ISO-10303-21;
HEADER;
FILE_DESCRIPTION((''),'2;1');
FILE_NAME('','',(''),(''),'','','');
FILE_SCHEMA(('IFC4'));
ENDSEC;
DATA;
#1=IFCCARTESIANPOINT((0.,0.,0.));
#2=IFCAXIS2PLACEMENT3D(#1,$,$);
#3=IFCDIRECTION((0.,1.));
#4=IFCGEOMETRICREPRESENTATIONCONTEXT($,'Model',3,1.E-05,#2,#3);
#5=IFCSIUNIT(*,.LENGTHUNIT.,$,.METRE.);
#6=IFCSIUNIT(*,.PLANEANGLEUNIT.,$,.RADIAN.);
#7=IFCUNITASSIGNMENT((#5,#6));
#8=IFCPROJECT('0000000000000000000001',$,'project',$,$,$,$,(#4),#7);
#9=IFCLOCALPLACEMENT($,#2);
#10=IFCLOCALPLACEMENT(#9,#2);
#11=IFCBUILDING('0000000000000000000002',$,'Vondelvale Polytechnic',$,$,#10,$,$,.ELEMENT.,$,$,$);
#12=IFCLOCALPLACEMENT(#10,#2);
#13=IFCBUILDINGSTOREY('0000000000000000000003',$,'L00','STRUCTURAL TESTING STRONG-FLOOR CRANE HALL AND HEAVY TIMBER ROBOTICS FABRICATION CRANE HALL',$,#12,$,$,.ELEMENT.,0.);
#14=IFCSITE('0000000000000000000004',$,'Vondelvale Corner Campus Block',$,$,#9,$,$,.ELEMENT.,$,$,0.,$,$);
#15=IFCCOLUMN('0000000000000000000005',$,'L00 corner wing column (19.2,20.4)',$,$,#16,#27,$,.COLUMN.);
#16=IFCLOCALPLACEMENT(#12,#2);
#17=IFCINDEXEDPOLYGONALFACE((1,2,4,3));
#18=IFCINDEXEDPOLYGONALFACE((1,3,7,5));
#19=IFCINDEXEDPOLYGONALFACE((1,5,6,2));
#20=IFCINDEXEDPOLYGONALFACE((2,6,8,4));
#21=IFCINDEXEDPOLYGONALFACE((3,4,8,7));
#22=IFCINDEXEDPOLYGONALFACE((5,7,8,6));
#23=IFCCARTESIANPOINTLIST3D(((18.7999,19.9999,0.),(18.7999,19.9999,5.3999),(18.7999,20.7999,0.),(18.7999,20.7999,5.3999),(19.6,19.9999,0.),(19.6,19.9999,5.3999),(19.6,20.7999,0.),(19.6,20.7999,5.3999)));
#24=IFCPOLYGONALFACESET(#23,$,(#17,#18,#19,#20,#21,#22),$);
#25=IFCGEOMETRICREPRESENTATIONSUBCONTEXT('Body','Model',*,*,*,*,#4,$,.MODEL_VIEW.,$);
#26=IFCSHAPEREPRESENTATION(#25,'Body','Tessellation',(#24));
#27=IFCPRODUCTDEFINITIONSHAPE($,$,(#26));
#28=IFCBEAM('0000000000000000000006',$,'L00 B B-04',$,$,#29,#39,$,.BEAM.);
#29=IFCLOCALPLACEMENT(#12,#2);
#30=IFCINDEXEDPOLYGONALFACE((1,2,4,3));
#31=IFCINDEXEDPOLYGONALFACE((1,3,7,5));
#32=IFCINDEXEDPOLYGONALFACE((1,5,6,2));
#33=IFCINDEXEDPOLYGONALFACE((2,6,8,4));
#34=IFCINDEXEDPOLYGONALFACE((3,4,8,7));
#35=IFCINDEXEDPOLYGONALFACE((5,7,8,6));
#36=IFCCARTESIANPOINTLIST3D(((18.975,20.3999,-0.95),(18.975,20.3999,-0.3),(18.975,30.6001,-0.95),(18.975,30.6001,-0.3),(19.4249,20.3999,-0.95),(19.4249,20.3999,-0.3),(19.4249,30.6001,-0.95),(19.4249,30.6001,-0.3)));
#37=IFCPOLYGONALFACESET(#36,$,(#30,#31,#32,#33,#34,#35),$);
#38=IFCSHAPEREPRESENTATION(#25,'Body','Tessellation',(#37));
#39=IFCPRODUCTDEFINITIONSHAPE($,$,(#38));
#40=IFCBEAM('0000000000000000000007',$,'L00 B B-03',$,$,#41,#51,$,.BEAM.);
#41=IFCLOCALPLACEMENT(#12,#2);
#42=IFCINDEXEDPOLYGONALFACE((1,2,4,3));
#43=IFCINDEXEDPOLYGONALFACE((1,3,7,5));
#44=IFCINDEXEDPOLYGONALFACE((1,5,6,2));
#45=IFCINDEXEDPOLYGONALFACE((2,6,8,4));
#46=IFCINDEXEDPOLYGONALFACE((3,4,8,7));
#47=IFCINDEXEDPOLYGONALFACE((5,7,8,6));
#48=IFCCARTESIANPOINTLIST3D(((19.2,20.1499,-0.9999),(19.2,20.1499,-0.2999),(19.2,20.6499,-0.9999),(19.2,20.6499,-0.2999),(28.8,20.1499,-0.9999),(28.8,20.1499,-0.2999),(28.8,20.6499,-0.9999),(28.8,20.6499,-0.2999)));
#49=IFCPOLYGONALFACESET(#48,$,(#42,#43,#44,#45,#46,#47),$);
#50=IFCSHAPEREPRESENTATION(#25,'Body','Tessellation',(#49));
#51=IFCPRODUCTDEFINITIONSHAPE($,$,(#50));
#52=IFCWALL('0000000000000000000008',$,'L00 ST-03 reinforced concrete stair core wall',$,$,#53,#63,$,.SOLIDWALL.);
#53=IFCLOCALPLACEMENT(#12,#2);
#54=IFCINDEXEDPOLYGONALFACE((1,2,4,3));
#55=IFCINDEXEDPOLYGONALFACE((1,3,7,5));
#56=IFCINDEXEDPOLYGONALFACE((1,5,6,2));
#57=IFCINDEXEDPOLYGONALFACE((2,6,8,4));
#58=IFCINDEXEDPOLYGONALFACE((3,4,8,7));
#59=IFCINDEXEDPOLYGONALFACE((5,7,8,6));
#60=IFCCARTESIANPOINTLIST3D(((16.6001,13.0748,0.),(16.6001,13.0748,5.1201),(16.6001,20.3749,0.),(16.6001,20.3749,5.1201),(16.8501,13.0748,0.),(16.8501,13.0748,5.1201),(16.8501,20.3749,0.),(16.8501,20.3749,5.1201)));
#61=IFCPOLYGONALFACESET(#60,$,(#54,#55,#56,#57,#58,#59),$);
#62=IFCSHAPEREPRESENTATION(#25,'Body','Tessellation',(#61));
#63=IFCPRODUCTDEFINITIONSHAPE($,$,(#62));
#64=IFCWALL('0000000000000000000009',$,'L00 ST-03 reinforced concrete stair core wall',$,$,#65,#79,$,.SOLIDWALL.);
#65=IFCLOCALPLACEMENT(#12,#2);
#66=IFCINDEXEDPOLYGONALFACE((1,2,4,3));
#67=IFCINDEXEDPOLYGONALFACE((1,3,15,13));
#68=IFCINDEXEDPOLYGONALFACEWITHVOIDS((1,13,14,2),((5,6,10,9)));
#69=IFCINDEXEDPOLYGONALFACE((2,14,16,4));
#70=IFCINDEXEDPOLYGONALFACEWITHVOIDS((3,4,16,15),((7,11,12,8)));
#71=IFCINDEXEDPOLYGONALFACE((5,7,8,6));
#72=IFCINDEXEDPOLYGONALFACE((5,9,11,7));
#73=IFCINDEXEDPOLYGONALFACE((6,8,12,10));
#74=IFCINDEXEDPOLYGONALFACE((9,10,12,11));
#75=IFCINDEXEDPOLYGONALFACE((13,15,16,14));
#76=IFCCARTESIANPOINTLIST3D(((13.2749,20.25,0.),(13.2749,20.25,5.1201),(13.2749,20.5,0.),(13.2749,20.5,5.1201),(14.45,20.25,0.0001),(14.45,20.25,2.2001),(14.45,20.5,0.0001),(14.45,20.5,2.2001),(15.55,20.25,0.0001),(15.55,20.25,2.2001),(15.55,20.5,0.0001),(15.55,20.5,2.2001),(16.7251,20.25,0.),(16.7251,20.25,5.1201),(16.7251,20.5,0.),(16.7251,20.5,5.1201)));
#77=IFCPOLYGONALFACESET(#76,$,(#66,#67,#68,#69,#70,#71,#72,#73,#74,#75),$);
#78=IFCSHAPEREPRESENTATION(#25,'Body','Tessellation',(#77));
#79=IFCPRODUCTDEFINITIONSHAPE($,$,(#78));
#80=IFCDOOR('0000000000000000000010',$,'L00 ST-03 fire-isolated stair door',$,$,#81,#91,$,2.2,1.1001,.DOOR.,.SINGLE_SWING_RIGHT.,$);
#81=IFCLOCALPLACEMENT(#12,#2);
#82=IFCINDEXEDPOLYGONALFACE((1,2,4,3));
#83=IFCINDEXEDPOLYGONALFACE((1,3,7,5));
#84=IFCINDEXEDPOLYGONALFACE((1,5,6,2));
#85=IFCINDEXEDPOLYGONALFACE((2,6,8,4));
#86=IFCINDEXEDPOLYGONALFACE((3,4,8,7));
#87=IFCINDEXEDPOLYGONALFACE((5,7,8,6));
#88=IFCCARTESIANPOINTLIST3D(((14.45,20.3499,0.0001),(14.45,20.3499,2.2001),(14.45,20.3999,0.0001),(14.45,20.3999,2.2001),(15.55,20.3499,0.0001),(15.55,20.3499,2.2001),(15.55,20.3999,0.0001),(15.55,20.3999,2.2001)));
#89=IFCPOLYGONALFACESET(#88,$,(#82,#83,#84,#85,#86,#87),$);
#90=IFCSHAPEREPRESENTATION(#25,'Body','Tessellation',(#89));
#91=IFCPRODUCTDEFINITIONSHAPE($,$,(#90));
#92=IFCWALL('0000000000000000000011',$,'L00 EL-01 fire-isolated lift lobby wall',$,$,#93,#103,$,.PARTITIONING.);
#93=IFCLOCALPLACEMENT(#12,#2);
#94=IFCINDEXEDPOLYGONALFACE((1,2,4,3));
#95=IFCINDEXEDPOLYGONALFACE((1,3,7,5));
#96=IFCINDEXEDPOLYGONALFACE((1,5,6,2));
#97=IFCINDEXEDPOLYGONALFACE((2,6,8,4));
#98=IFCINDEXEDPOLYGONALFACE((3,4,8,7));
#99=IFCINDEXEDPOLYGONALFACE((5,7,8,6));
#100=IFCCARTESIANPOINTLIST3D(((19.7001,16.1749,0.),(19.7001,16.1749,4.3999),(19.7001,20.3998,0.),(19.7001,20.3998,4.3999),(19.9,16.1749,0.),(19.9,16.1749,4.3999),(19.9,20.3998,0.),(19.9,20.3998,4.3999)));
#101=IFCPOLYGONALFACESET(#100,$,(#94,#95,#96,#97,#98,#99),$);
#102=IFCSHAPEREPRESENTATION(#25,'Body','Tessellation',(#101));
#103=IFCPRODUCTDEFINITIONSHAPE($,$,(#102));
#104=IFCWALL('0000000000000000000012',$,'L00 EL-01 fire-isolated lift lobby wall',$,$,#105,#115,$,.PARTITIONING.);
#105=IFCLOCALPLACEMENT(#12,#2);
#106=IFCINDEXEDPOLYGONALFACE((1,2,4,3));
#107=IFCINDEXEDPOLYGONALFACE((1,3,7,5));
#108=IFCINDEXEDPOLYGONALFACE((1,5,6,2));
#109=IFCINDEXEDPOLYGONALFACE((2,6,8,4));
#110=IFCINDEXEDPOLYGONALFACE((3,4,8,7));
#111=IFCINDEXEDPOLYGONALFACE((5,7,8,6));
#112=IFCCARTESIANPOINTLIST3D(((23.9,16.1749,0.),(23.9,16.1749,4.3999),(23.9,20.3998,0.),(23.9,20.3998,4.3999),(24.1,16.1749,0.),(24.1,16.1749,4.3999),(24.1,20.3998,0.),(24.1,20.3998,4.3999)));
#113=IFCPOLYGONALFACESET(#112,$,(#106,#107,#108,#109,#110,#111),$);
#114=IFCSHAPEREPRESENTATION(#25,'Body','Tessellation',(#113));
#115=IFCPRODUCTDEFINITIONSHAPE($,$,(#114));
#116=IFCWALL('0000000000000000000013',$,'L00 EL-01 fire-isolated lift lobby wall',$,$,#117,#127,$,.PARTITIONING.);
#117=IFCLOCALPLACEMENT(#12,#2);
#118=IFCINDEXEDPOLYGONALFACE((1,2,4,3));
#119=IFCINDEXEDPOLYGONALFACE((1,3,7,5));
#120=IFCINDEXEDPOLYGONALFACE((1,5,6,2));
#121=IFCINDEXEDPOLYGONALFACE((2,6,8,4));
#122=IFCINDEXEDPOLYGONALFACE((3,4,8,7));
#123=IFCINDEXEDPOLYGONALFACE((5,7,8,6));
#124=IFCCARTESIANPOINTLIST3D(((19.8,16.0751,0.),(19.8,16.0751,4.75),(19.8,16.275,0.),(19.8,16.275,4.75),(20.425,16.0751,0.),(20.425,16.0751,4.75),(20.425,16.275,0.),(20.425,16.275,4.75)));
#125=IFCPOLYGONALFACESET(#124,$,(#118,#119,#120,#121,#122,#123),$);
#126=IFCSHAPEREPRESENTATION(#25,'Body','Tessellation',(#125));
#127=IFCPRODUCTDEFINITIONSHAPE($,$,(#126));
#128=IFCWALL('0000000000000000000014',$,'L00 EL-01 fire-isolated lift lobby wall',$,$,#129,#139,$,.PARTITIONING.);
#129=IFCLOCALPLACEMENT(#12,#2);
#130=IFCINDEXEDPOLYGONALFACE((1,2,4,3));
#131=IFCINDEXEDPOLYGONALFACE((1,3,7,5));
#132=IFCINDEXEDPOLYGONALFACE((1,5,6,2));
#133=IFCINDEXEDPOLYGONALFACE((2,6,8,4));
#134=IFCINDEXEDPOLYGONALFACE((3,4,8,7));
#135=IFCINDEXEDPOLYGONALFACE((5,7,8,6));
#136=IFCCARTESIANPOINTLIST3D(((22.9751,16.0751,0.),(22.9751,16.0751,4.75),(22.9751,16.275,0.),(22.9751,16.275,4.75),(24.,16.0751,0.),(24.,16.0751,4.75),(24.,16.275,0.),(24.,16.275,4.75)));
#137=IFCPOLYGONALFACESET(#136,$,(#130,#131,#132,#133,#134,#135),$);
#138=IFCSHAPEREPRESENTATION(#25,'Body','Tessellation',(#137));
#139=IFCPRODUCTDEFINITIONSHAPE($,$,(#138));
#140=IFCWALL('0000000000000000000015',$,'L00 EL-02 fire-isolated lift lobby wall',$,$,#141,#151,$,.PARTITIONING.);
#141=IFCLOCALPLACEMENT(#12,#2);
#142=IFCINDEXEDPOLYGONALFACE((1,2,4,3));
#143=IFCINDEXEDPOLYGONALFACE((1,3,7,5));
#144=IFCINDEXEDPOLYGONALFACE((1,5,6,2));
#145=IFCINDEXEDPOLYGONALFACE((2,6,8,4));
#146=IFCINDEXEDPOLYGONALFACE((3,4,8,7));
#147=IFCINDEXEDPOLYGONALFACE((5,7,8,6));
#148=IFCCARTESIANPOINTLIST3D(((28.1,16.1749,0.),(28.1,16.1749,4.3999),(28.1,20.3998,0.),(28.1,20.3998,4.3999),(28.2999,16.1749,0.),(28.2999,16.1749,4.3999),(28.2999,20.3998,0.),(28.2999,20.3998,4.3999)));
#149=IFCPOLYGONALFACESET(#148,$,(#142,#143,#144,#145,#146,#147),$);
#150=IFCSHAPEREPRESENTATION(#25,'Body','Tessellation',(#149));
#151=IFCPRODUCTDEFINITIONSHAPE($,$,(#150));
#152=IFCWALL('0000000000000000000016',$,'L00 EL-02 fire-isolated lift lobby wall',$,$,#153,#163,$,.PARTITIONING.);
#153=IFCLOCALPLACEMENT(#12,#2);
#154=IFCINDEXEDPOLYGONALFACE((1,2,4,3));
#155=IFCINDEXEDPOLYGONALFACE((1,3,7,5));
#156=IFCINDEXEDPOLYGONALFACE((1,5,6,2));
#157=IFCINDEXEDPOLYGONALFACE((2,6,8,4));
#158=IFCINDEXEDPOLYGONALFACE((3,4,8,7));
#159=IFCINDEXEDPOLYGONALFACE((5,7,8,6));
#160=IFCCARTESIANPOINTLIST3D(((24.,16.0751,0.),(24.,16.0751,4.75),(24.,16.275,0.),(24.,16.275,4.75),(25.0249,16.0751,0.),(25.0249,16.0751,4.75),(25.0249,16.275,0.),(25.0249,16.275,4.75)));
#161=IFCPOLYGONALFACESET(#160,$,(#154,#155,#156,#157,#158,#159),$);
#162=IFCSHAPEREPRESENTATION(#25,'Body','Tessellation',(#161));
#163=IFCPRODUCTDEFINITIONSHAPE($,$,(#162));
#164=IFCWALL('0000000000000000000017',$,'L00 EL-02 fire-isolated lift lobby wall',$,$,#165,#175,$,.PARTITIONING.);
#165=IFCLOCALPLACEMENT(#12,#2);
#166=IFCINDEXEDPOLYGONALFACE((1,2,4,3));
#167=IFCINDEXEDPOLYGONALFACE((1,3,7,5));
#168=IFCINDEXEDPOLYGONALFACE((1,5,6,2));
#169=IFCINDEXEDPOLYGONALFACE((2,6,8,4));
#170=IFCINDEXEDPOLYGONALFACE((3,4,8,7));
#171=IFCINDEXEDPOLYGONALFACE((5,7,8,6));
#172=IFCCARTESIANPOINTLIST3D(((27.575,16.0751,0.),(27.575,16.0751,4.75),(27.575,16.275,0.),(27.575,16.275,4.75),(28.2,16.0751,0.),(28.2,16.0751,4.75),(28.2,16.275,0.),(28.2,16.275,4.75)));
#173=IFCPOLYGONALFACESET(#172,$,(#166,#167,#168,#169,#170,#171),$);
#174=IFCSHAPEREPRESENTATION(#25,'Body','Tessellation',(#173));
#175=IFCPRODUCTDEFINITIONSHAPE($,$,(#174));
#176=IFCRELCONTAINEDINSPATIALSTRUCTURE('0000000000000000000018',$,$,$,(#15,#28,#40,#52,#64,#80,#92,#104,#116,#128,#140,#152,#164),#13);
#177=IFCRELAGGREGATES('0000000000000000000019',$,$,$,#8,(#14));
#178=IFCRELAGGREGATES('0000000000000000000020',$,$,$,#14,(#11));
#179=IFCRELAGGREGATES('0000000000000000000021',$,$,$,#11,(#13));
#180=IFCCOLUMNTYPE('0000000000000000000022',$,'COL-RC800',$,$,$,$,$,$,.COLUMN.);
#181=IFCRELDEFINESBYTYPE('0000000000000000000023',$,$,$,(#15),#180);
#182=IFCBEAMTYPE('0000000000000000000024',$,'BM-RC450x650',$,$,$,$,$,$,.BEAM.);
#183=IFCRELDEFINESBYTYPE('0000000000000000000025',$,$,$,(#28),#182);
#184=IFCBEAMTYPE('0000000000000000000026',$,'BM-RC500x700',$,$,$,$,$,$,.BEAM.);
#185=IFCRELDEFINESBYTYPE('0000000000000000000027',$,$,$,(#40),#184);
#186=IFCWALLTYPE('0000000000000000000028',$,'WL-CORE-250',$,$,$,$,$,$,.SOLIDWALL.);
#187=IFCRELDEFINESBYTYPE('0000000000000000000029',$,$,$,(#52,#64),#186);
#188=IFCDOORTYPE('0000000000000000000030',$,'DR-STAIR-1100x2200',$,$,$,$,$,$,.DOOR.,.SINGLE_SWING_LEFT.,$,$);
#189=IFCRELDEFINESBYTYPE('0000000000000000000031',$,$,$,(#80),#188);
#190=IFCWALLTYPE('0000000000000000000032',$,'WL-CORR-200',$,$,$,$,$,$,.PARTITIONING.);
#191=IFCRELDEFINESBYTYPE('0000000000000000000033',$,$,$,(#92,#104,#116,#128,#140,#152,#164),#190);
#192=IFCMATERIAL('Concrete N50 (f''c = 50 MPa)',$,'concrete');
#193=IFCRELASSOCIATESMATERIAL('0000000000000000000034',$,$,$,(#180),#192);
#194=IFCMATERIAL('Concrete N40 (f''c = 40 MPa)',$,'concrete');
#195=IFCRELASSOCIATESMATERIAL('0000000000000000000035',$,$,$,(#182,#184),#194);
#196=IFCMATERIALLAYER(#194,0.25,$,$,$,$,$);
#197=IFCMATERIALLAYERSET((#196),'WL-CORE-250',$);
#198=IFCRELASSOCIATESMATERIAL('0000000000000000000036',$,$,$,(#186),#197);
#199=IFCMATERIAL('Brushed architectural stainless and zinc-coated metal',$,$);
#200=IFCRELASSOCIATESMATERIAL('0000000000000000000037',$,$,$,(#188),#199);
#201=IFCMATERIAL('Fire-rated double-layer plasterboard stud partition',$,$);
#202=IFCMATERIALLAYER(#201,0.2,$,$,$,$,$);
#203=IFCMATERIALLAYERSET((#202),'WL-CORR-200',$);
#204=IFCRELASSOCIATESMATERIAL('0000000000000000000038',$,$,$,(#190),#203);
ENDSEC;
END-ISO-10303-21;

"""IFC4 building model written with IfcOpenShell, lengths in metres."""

from ifc_helpers import new_model, si_unit, direction, frame, frame_2d, origin, origin_2d, place, context, subcontext, project, spatial, rectangle, extrude, material, layer, layer_set, material_profile, profile_set, type_object, element, fill, save


model = new_model("IFC4")

# Units and contexts
model_context = context("Model", 3, precision=1e-05, world=origin(), true_north=direction((0.0, 1.0)))
body_context = subcontext(model_context, "Body", "Model", "MODEL_VIEW")
ifc_project = project(units=[si_unit("LENGTHUNIT", "METRE"), si_unit("PLANEANGLEUNIT", "RADIAN")], contexts=[model_context])

# Site, building, storey
site_placement = place(None, origin())
site = spatial("IfcSite", under=ifc_project, at=site_placement, Name="Vondelvale Corner Campus Block", CompositionType="ELEMENT", RefElevation=0.0)
building_placement = place(site_placement, origin())
building = spatial("IfcBuilding", under=site, at=building_placement, Name="Vondelvale Polytechnic", CompositionType="ELEMENT")
storey_placement = place(building_placement, origin())
storey = spatial("IfcBuildingStorey", under=building, at=storey_placement, Name="L00", Description="STRUCTURAL TESTING STRONG-FLOOR CRANE HALL AND HEAVY TIMBER ROBOTICS FABRICATION CRANE HALL", CompositionType="ELEMENT", Elevation=0.0)

# Column
ifc_material_1 = material(Name="Concrete N50 (f'c = 50 MPa)", Category="concrete")
ifc_material_profile_1 = material_profile(ifc_material_1, rectangle(XDim=0.8, YDim=0.8, at=origin_2d()), Name="RC-COL-800x800")
ifc_profile_set_1 = profile_set([ifc_material_profile_1], Name="Concrete N50 (f'c = 50 MPa)")
column_type = type_object("IfcColumnType", Name="COL-RC800", PredefinedType="COLUMN", material=ifc_profile_set_1)
column_placement = place(storey_placement, frame((19.2, 20.3999, 0.0), z_axis=(0.0, 0.0, 1.0), x_axis=(1.0, 0.0, 0.0)))
element("IfcColumn", 1, at=column_placement, inside=storey, type_object=column_type, Name="L00 corner wing column (19.2,20.4)", PredefinedType="COLUMN", context=body_context, shape_type="SweptSolid", body=[
    extrude(rectangle(XDim=0.8, YDim=0.8, at=origin_2d()), origin(), (0.0, 0.0, 1.0), 5.3999),
])

# Beams
ifc_material_2 = material(Name="Concrete N40 (f'c = 40 MPa)", Category="concrete")
ifc_material_profile_2 = material_profile(ifc_material_2, rectangle(XDim=0.45, YDim=0.6499, at=origin_2d()), Name="RC-BM-450x650")
ifc_profile_set_2 = profile_set([ifc_material_profile_2], Name="Concrete N40 (f'c = 40 MPa)")
beam_type_1 = type_object("IfcBeamType", Name="BM-RC450x650", PredefinedType="BEAM", material=ifc_profile_set_2)
beam_1_placement = place(storey_placement, frame((19.2, 20.3999, -0.625), z_axis=(0.0, 1.0, 0.0), x_axis=(-1.0, 0.0, 0.0)))
element("IfcBeam", 2, at=beam_1_placement, inside=storey, type_object=beam_type_1, Name="L00 B B-04", PredefinedType="BEAM", context=body_context, shape_type="SweptSolid", body=[
    extrude(rectangle(XDim=0.45, YDim=0.6499, at=origin_2d()), origin(), (0.0, 0.0, 1.0), 10.2002),
])
ifc_material_profile_3 = material_profile(ifc_material_2, rectangle(XDim=0.5, YDim=0.7, at=origin_2d()), Name="RC-BM-500x700")
ifc_profile_set_3 = profile_set([ifc_material_profile_3], Name="Concrete N40 (f'c = 40 MPa)")
beam_type_2 = type_object("IfcBeamType", Name="BM-RC500x700", PredefinedType="BEAM", material=ifc_profile_set_3)
beam_2_placement = place(storey_placement, frame((19.2, 20.3999, -0.6499), z_axis=(1.0, 0.0, 0.0), x_axis=(0.0, 1.0, 0.0)))
element("IfcBeam", 3, at=beam_2_placement, inside=storey, type_object=beam_type_2, Name="L00 B B-03", PredefinedType="BEAM", context=body_context, shape_type="SweptSolid", body=[
    extrude(rectangle(XDim=0.5, YDim=0.7, at=origin_2d()), origin(), (0.0, 0.0, 1.0), 9.6001),
])

# Wall
ifc_layer_1 = layer(ifc_material_2, 0.25)
ifc_layer_set_1 = layer_set([ifc_layer_1], Name="WL-CORE-250")
wall_type_1 = type_object("IfcWallType", Name="WL-CORE-250", PredefinedType="SOLIDWALL", material=ifc_layer_set_1)
wall_1_placement = place(storey_placement, frame((16.7251, 13.075, 0.0), z_axis=(0.0, 0.0, 1.0), x_axis=(0.0, 1.0, 0.0)))
element("IfcWall", 4, at=wall_1_placement, inside=storey, type_object=wall_type_1, Name="L00 ST-03 reinforced concrete stair core wall", PredefinedType="SOLIDWALL", context=body_context, shape_type="SweptSolid", body=[
    extrude(rectangle(XDim=7.3, YDim=0.25, at=frame_2d((3.6499, 0.0))), origin(), (0.0, 0.0, 1.0), 5.1201),
])

# Wall, opening, door
wall_2_placement = place(storey_placement, frame((13.2749, 20.375, 0.0), z_axis=(0.0, 0.0, 1.0), x_axis=(1.0, 0.0, 0.0)))
wall_2 = element("IfcWall", 5, at=wall_2_placement, inside=storey, type_object=wall_type_1, Name="L00 ST-03 reinforced concrete stair core wall", PredefinedType="SOLIDWALL", context=body_context, shape_type="SweptSolid", body=[
    extrude(rectangle(XDim=3.4502, YDim=0.25, at=frame_2d((1.7251, 0.0))), origin(), (0.0, 0.0, 1.0), 5.1201),
])
opening_1_placement = place(wall_2_placement, frame((1.175, 0.0, 0.0)))
opening_1 = element("IfcOpeningElement", 6, at=opening_1_placement, cuts=wall_2, PredefinedType="OPENING", context=body_context, shape_type="SweptSolid", body=[
    extrude(rectangle(XDim=1.1001, YDim=2.2, at=frame_2d((0.55, 1.1001))), frame((0.0, 0.135, 0.0), z_axis=(0.0, -1.0, 0.0), x_axis=(1.0, 0.0, 0.0)), (0.0, 0.0, 1.0), 0.27),
])
ifc_material_3 = material(Name="Brushed architectural stainless and zinc-coated metal")
door_type_1 = type_object("IfcDoorType", Name="DR-STAIR-1100x2200", OperationType="SINGLE_SWING_LEFT", PredefinedType="DOOR", material=ifc_material_3)
door_1_placement = place(opening_1_placement, origin())
door_1 = element("IfcDoor", 7, at=door_1_placement, inside=storey, type_object=door_type_1, Name="L00 ST-03 fire-isolated stair door", OperationType="SINGLE_SWING_RIGHT", OverallHeight=2.2, OverallWidth=1.1001, PredefinedType="DOOR", context=body_context, shape_type="SweptSolid", body=[
    extrude(rectangle(XDim=1.1001, YDim=2.2, at=frame_2d((0.55, 1.1001))), frame((0.0, 0.0249, 0.0), z_axis=(0.0, -1.0, 0.0), x_axis=(1.0, 0.0, 0.0)), (0.0, 0.0, 1.0), 0.05),
])
fill(opening_1, door_1)

# Walls
ifc_material_4 = material(Name="Fire-rated double-layer plasterboard stud partition")
ifc_layer_2 = layer(ifc_material_4, 0.2)
ifc_layer_set_2 = layer_set([ifc_layer_2], Name="WL-CORR-200")
wall_type_2 = type_object("IfcWallType", Name="WL-CORR-200", PredefinedType="PARTITIONING", material=ifc_layer_set_2)
for number, where, z_axis, x_axis, name in (
    (8, (19.8, 16.175, 0.0), (0.0, 0.0, 1.0), (0.0, 1.0, 0.0), "L00 EL-01 fire-isolated lift lobby wall"),
    (9, (24.0, 16.175, 0.0), (0.0, 0.0, 1.0), (0.0, 1.0, 0.0), "L00 EL-01 fire-isolated lift lobby wall"),
):
    element("IfcWall", number, at=place(storey_placement, frame(where, z_axis=z_axis, x_axis=x_axis)), inside=storey, type_object=wall_type_2, Name=name, PredefinedType="PARTITIONING", context=body_context, shape_type="SweptSolid", body=[
        extrude(rectangle(XDim=4.2249, YDim=0.2, at=frame_2d((2.1123, 0.0))), origin(), (0.0, 0.0, 1.0), 4.3999),
    ])
wall_3_placement = place(storey_placement, frame((19.8, 16.175, 0.0), z_axis=(0.0, 0.0, 1.0), x_axis=(1.0, 0.0, 0.0)))
element("IfcWall", 10, at=wall_3_placement, inside=storey, type_object=wall_type_2, Name="L00 EL-01 fire-isolated lift lobby wall", PredefinedType="PARTITIONING", context=body_context, shape_type="SweptSolid", body=[
    extrude(rectangle(XDim=0.625, YDim=0.2, at=frame_2d((0.3125, 0.0))), origin(), (0.0, 0.0, 1.0), 4.75),
])
wall_4_placement = place(storey_placement, frame((22.9751, 16.175, 0.0), z_axis=(0.0, 0.0, 1.0), x_axis=(1.0, 0.0, 0.0)))
element("IfcWall", 11, at=wall_4_placement, inside=storey, type_object=wall_type_2, Name="L00 EL-01 fire-isolated lift lobby wall", PredefinedType="PARTITIONING", context=body_context, shape_type="SweptSolid", body=[
    extrude(rectangle(XDim=1.0249, YDim=0.2, at=frame_2d((0.5125, 0.0))), origin(), (0.0, 0.0, 1.0), 4.75),
])
wall_5_placement = place(storey_placement, frame((28.2, 16.175, 0.0), z_axis=(0.0, 0.0, 1.0), x_axis=(0.0, 1.0, 0.0)))
element("IfcWall", 12, at=wall_5_placement, inside=storey, type_object=wall_type_2, Name="L00 EL-02 fire-isolated lift lobby wall", PredefinedType="PARTITIONING", context=body_context, shape_type="SweptSolid", body=[
    extrude(rectangle(XDim=4.2249, YDim=0.2, at=frame_2d((2.1123, 0.0))), origin(), (0.0, 0.0, 1.0), 4.3999),
])
wall_6_placement = place(storey_placement, frame((24.0, 16.175, 0.0), z_axis=(0.0, 0.0, 1.0), x_axis=(1.0, 0.0, 0.0)))
element("IfcWall", 13, at=wall_6_placement, inside=storey, type_object=wall_type_2, Name="L00 EL-02 fire-isolated lift lobby wall", PredefinedType="PARTITIONING", context=body_context, shape_type="SweptSolid", body=[
    extrude(rectangle(XDim=1.0249, YDim=0.2, at=frame_2d((0.5125, 0.0))), origin(), (0.0, 0.0, 1.0), 4.75),
])
wall_7_placement = place(storey_placement, frame((27.575, 16.175, 0.0), z_axis=(0.0, 0.0, 1.0), x_axis=(1.0, 0.0, 0.0)))
element("IfcWall", 14, at=wall_7_placement, inside=storey, type_object=wall_type_2, Name="L00 EL-02 fire-isolated lift lobby wall", PredefinedType="PARTITIONING", context=body_context, shape_type="SweptSolid", body=[
    extrude(rectangle(XDim=0.625, YDim=0.2, at=frame_2d((0.3125, 0.0))), origin(), (0.0, 0.0, 1.0), 4.75),
])

save(model, "model.ifc")
